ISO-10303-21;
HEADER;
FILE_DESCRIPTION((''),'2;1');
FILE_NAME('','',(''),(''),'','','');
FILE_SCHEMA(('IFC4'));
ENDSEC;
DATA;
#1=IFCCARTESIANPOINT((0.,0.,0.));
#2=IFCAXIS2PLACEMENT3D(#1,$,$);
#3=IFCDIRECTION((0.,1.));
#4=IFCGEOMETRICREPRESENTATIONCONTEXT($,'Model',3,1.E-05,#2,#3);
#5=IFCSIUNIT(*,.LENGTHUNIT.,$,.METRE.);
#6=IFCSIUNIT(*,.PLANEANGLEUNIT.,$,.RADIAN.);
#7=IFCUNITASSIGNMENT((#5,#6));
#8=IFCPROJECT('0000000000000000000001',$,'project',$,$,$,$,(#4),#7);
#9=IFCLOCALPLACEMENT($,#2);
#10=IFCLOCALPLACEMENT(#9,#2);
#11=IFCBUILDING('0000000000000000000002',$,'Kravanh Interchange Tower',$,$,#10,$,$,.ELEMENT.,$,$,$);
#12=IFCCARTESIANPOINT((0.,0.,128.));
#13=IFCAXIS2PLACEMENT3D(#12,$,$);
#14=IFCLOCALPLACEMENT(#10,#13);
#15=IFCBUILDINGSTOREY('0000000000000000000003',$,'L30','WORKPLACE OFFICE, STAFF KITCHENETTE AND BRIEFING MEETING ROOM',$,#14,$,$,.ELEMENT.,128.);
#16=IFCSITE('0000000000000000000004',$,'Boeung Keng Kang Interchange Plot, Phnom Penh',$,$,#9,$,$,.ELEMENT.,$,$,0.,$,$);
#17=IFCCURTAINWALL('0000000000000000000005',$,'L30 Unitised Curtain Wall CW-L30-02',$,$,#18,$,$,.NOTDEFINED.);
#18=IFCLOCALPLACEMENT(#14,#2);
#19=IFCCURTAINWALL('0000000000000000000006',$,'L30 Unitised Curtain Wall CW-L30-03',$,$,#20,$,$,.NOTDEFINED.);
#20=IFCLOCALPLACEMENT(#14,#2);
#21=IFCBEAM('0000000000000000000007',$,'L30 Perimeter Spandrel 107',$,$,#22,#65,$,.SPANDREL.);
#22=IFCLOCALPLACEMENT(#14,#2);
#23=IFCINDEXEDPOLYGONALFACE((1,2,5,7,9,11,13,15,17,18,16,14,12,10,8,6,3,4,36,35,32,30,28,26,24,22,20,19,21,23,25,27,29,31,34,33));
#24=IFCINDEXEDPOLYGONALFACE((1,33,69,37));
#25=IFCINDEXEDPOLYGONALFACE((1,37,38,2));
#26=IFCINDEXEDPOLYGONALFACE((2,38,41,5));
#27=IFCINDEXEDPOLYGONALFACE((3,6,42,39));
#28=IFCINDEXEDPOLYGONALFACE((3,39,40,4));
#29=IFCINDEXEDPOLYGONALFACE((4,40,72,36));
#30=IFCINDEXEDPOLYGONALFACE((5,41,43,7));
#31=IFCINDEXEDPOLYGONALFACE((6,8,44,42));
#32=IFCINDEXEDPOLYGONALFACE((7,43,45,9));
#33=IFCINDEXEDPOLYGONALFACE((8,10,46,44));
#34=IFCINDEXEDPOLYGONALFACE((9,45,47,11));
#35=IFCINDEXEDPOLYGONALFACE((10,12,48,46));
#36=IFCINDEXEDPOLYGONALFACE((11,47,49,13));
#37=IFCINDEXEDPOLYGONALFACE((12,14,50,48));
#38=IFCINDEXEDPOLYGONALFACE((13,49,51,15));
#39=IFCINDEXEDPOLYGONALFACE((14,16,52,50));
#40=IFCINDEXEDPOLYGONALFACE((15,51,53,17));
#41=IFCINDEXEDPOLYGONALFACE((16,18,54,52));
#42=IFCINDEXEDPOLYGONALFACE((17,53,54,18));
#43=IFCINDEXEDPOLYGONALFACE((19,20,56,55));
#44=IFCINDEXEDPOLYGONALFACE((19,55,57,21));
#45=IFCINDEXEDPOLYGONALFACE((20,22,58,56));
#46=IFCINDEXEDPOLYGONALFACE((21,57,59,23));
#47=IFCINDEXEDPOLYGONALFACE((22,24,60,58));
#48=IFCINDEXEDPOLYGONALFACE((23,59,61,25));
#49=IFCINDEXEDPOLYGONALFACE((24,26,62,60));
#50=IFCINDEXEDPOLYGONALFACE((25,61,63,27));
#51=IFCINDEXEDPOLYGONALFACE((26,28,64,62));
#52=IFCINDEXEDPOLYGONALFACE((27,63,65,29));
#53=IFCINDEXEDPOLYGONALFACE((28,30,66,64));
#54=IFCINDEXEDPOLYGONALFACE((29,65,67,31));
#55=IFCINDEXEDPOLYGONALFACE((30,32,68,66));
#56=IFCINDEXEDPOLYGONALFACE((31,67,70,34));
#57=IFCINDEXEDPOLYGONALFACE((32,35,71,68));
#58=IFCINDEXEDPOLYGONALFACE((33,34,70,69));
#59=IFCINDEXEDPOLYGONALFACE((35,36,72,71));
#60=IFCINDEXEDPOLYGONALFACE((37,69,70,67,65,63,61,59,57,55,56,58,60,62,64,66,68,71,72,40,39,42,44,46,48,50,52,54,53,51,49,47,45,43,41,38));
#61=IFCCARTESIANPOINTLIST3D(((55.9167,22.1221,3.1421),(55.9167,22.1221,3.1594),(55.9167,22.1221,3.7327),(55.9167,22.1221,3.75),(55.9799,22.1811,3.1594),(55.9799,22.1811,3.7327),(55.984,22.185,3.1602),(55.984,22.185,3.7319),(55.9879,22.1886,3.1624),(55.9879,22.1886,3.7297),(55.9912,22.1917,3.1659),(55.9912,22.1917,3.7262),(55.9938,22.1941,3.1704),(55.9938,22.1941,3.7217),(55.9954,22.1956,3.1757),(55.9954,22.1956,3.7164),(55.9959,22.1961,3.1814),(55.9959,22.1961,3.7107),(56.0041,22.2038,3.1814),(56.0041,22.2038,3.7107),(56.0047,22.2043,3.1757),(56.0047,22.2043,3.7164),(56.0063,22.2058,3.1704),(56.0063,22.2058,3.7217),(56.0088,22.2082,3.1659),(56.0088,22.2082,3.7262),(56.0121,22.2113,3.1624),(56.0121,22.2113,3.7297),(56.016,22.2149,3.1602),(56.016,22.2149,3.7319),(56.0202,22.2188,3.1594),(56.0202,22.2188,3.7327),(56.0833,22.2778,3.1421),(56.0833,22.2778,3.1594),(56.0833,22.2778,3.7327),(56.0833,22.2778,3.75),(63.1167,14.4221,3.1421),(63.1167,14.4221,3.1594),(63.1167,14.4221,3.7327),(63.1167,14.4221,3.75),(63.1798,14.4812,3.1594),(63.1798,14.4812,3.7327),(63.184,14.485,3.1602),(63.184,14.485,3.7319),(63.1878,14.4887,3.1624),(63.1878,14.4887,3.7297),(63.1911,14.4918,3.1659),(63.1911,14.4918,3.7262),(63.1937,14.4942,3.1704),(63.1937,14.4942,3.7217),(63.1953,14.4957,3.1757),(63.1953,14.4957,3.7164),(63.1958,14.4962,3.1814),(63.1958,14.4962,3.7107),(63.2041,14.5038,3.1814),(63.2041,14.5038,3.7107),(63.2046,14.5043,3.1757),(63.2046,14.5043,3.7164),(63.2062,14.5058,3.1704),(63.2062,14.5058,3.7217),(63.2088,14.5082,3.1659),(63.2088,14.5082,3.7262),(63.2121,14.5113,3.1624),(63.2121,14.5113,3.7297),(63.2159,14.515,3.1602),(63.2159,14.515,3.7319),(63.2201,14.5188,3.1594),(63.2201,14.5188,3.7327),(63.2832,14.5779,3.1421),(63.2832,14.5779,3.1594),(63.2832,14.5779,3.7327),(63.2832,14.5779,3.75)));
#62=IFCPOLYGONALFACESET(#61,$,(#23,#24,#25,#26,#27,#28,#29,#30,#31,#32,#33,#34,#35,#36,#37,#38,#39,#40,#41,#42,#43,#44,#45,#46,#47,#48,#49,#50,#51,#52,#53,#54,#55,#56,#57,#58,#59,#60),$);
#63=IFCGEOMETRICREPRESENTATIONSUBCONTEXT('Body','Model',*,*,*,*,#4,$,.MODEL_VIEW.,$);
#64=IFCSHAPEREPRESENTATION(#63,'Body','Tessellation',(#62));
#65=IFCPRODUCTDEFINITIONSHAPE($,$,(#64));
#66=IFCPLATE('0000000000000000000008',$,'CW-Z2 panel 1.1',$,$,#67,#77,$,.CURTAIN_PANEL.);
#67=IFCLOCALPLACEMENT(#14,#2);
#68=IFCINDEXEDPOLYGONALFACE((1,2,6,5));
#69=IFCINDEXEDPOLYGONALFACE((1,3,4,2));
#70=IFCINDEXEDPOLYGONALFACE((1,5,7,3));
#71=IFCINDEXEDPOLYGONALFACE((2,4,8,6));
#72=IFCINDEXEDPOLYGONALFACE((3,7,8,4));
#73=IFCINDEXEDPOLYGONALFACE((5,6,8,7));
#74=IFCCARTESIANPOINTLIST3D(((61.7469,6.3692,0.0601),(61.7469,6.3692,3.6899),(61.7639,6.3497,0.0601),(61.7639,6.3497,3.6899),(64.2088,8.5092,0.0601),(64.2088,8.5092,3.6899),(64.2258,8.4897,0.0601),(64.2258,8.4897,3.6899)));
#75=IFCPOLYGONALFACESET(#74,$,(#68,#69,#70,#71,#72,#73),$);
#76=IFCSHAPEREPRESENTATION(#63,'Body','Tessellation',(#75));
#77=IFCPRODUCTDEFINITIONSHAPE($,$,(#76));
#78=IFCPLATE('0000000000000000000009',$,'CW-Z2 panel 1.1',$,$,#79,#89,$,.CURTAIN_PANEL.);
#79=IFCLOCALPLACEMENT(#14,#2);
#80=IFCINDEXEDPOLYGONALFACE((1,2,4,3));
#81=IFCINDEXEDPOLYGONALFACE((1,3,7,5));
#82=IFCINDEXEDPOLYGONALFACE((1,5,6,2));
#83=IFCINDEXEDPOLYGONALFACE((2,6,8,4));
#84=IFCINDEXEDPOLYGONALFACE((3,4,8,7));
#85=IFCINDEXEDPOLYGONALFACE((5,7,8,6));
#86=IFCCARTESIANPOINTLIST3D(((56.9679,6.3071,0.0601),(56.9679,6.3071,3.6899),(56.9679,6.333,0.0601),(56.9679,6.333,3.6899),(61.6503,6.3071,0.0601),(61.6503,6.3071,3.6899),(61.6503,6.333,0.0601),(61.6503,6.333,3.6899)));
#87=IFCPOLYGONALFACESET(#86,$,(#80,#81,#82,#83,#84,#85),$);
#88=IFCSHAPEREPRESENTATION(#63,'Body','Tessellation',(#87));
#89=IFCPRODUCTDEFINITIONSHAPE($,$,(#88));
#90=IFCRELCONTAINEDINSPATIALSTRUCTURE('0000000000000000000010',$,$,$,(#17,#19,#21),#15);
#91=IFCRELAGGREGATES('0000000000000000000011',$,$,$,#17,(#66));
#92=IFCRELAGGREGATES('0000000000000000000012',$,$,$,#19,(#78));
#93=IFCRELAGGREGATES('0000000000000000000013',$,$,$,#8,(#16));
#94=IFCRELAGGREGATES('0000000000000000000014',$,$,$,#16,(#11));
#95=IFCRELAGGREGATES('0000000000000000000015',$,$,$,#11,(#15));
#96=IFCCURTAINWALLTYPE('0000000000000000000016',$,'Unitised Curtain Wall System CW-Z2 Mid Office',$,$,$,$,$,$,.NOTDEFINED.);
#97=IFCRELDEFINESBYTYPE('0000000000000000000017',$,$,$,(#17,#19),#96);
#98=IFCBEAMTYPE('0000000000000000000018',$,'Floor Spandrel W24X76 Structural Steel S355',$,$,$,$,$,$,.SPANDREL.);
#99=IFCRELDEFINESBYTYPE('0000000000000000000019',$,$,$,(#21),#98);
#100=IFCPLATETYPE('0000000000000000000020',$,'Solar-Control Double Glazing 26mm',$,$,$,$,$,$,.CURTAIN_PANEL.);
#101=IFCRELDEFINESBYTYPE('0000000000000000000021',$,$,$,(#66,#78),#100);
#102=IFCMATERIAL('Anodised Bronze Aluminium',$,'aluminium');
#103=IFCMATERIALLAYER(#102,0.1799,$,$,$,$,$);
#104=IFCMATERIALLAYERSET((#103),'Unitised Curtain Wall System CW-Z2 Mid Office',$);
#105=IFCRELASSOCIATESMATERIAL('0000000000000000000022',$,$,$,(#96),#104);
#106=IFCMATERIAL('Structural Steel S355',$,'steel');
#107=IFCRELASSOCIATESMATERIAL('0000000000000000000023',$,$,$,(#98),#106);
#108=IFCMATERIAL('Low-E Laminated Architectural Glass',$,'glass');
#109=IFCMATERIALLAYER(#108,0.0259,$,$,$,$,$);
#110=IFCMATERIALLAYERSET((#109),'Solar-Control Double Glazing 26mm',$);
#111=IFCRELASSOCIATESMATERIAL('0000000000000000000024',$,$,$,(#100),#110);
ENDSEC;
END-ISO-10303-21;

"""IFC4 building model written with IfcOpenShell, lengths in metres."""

from ifc_helpers import new_model, si_unit, direction, frame, origin, origin_2d, place, context, subcontext, project, spatial, rectangle, i_section, extrude, material, layer, layer_set, material_profile, profile_set, type_object, element, aggregate, save


model = new_model("IFC4")

# Units and contexts
model_context = context("Model", 3, precision=1e-05, world=origin(), true_north=direction((0.0, 1.0)))
body_context = subcontext(model_context, "Body", "Model", "MODEL_VIEW")
ifc_project = project(units=[si_unit("LENGTHUNIT", "METRE"), si_unit("PLANEANGLEUNIT", "RADIAN")], contexts=[model_context])

# Site, building, storey
site_placement = place(None, origin())
site = spatial("IfcSite", under=ifc_project, at=site_placement, Name="Boeung Keng Kang Interchange Plot, Phnom Penh", CompositionType="ELEMENT", RefElevation=0.0)
building_placement = place(site_placement, origin())
building = spatial("IfcBuilding", under=site, at=building_placement, Name="Kravanh Interchange Tower", CompositionType="ELEMENT")
storey_placement = place(building_placement, frame((0.0, 0.0, 128.0)))
storey = spatial("IfcBuildingStorey", under=building, at=storey_placement, Name="L30", Description="WORKPLACE OFFICE, STAFF KITCHENETTE AND BRIEFING MEETING ROOM", CompositionType="ELEMENT", Elevation=128.0)

# Curtain walls
ifc_material_1 = material(Name="Anodised Bronze Aluminium", Category="aluminium")
ifc_layer_1 = layer(ifc_material_1, 0.1799)
ifc_layer_set_1 = layer_set([ifc_layer_1], Name="Unitised Curtain Wall System CW-Z2 Mid Office")
curtain_wall_type = type_object("IfcCurtainWallType", Name="Unitised Curtain Wall System CW-Z2 Mid Office", PredefinedType="NOTDEFINED", material=ifc_layer_set_1)
curtain_wall_1_placement = place(storey_placement, origin())
curtain_wall_1 = element("IfcCurtainWall", 1, at=curtain_wall_1_placement, inside=storey, type_object=curtain_wall_type, Name="L30 Unitised Curtain Wall CW-L30-02", PredefinedType="NOTDEFINED")
curtain_wall_2_placement = place(storey_placement, origin())
curtain_wall_2 = element("IfcCurtainWall", 2, at=curtain_wall_2_placement, inside=storey, type_object=curtain_wall_type, Name="L30 Unitised Curtain Wall CW-L30-03", PredefinedType="NOTDEFINED")

# Beam
ifc_material_2 = material(Name="Structural Steel S355", Category="steel")
ifc_material_profile_1 = material_profile(ifc_material_2, i_section(OverallWidth=0.228, OverallDepth=0.6079, WebThickness=0.0112, FlangeThickness=0.0173, FilletRadius=0.022, at=origin_2d()), Name="W24X76")
ifc_profile_set_1 = profile_set([ifc_material_profile_1], Name="Structural Steel S355")
beam_type_1 = type_object("IfcBeamType", Name="Floor Spandrel W24X76 Structural Steel S355", PredefinedType="SPANDREL", material=ifc_profile_set_1)
beam_1_placement = place(storey_placement, frame((63.2, 14.5, 3.446), z_axis=(-0.682994, 0.730424, 0.0), x_axis=(-0.730424, -0.682994, 0.0)))
element("IfcBeam", 3, at=beam_1_placement, inside=storey, type_object=beam_type_1, Name="L30 Perimeter Spandrel 107", PredefinedType="SPANDREL", context=body_context, shape_type="SweptSolid", body=[
    extrude(i_section(OverallWidth=0.228, OverallDepth=0.6079, WebThickness=0.0112, FlangeThickness=0.0173, FilletRadius=0.022, at=origin_2d()), origin(), (0.0, 0.0, 1.0), 10.5417),
])

# Plates
ifc_material_3 = material(Name="Low-E Laminated Architectural Glass", Category="glass")
ifc_layer_2 = layer(ifc_material_3, 0.0259)
ifc_layer_set_2 = layer_set([ifc_layer_2], Name="Solar-Control Double Glazing 26mm")
plate_type = type_object("IfcPlateType", Name="Solar-Control Double Glazing 26mm", PredefinedType="CURTAIN_PANEL", material=ifc_layer_set_2)
plate_1_placement = place(storey_placement, frame((62.9863, 7.4294, 0.0601), z_axis=(0.0, 0.0, 1.0), x_axis=(-0.754719, -0.656048, 0.0)))
plate_1 = element("IfcPlate", 4, at=plate_1_placement, type_object=plate_type, Name="CW-Z2 panel 1.1", PredefinedType="CURTAIN_PANEL", context=body_context, shape_type="SweptSolid", body=[
    extrude(rectangle(XDim=3.262, YDim=0.0259, at=origin_2d()), origin(), (0.0, 0.0, 1.0), 3.6299),
])
aggregate(curtain_wall_1, [plate_1])
plate_2_placement = place(storey_placement, frame((59.3091, 6.3201, 0.0601), z_axis=(0.0, 0.0, 1.0), x_axis=(-1.0, 0.0, 0.0)))
plate_2 = element("IfcPlate", 5, at=plate_2_placement, type_object=plate_type, Name="CW-Z2 panel 1.1", PredefinedType="CURTAIN_PANEL", context=body_context, shape_type="SweptSolid", body=[
    extrude(rectangle(XDim=4.6824, YDim=0.0259, at=origin_2d()), origin(), (0.0, 0.0, 1.0), 3.6299),
])
aggregate(curtain_wall_2, [plate_2])

save(model, "model.ifc")
